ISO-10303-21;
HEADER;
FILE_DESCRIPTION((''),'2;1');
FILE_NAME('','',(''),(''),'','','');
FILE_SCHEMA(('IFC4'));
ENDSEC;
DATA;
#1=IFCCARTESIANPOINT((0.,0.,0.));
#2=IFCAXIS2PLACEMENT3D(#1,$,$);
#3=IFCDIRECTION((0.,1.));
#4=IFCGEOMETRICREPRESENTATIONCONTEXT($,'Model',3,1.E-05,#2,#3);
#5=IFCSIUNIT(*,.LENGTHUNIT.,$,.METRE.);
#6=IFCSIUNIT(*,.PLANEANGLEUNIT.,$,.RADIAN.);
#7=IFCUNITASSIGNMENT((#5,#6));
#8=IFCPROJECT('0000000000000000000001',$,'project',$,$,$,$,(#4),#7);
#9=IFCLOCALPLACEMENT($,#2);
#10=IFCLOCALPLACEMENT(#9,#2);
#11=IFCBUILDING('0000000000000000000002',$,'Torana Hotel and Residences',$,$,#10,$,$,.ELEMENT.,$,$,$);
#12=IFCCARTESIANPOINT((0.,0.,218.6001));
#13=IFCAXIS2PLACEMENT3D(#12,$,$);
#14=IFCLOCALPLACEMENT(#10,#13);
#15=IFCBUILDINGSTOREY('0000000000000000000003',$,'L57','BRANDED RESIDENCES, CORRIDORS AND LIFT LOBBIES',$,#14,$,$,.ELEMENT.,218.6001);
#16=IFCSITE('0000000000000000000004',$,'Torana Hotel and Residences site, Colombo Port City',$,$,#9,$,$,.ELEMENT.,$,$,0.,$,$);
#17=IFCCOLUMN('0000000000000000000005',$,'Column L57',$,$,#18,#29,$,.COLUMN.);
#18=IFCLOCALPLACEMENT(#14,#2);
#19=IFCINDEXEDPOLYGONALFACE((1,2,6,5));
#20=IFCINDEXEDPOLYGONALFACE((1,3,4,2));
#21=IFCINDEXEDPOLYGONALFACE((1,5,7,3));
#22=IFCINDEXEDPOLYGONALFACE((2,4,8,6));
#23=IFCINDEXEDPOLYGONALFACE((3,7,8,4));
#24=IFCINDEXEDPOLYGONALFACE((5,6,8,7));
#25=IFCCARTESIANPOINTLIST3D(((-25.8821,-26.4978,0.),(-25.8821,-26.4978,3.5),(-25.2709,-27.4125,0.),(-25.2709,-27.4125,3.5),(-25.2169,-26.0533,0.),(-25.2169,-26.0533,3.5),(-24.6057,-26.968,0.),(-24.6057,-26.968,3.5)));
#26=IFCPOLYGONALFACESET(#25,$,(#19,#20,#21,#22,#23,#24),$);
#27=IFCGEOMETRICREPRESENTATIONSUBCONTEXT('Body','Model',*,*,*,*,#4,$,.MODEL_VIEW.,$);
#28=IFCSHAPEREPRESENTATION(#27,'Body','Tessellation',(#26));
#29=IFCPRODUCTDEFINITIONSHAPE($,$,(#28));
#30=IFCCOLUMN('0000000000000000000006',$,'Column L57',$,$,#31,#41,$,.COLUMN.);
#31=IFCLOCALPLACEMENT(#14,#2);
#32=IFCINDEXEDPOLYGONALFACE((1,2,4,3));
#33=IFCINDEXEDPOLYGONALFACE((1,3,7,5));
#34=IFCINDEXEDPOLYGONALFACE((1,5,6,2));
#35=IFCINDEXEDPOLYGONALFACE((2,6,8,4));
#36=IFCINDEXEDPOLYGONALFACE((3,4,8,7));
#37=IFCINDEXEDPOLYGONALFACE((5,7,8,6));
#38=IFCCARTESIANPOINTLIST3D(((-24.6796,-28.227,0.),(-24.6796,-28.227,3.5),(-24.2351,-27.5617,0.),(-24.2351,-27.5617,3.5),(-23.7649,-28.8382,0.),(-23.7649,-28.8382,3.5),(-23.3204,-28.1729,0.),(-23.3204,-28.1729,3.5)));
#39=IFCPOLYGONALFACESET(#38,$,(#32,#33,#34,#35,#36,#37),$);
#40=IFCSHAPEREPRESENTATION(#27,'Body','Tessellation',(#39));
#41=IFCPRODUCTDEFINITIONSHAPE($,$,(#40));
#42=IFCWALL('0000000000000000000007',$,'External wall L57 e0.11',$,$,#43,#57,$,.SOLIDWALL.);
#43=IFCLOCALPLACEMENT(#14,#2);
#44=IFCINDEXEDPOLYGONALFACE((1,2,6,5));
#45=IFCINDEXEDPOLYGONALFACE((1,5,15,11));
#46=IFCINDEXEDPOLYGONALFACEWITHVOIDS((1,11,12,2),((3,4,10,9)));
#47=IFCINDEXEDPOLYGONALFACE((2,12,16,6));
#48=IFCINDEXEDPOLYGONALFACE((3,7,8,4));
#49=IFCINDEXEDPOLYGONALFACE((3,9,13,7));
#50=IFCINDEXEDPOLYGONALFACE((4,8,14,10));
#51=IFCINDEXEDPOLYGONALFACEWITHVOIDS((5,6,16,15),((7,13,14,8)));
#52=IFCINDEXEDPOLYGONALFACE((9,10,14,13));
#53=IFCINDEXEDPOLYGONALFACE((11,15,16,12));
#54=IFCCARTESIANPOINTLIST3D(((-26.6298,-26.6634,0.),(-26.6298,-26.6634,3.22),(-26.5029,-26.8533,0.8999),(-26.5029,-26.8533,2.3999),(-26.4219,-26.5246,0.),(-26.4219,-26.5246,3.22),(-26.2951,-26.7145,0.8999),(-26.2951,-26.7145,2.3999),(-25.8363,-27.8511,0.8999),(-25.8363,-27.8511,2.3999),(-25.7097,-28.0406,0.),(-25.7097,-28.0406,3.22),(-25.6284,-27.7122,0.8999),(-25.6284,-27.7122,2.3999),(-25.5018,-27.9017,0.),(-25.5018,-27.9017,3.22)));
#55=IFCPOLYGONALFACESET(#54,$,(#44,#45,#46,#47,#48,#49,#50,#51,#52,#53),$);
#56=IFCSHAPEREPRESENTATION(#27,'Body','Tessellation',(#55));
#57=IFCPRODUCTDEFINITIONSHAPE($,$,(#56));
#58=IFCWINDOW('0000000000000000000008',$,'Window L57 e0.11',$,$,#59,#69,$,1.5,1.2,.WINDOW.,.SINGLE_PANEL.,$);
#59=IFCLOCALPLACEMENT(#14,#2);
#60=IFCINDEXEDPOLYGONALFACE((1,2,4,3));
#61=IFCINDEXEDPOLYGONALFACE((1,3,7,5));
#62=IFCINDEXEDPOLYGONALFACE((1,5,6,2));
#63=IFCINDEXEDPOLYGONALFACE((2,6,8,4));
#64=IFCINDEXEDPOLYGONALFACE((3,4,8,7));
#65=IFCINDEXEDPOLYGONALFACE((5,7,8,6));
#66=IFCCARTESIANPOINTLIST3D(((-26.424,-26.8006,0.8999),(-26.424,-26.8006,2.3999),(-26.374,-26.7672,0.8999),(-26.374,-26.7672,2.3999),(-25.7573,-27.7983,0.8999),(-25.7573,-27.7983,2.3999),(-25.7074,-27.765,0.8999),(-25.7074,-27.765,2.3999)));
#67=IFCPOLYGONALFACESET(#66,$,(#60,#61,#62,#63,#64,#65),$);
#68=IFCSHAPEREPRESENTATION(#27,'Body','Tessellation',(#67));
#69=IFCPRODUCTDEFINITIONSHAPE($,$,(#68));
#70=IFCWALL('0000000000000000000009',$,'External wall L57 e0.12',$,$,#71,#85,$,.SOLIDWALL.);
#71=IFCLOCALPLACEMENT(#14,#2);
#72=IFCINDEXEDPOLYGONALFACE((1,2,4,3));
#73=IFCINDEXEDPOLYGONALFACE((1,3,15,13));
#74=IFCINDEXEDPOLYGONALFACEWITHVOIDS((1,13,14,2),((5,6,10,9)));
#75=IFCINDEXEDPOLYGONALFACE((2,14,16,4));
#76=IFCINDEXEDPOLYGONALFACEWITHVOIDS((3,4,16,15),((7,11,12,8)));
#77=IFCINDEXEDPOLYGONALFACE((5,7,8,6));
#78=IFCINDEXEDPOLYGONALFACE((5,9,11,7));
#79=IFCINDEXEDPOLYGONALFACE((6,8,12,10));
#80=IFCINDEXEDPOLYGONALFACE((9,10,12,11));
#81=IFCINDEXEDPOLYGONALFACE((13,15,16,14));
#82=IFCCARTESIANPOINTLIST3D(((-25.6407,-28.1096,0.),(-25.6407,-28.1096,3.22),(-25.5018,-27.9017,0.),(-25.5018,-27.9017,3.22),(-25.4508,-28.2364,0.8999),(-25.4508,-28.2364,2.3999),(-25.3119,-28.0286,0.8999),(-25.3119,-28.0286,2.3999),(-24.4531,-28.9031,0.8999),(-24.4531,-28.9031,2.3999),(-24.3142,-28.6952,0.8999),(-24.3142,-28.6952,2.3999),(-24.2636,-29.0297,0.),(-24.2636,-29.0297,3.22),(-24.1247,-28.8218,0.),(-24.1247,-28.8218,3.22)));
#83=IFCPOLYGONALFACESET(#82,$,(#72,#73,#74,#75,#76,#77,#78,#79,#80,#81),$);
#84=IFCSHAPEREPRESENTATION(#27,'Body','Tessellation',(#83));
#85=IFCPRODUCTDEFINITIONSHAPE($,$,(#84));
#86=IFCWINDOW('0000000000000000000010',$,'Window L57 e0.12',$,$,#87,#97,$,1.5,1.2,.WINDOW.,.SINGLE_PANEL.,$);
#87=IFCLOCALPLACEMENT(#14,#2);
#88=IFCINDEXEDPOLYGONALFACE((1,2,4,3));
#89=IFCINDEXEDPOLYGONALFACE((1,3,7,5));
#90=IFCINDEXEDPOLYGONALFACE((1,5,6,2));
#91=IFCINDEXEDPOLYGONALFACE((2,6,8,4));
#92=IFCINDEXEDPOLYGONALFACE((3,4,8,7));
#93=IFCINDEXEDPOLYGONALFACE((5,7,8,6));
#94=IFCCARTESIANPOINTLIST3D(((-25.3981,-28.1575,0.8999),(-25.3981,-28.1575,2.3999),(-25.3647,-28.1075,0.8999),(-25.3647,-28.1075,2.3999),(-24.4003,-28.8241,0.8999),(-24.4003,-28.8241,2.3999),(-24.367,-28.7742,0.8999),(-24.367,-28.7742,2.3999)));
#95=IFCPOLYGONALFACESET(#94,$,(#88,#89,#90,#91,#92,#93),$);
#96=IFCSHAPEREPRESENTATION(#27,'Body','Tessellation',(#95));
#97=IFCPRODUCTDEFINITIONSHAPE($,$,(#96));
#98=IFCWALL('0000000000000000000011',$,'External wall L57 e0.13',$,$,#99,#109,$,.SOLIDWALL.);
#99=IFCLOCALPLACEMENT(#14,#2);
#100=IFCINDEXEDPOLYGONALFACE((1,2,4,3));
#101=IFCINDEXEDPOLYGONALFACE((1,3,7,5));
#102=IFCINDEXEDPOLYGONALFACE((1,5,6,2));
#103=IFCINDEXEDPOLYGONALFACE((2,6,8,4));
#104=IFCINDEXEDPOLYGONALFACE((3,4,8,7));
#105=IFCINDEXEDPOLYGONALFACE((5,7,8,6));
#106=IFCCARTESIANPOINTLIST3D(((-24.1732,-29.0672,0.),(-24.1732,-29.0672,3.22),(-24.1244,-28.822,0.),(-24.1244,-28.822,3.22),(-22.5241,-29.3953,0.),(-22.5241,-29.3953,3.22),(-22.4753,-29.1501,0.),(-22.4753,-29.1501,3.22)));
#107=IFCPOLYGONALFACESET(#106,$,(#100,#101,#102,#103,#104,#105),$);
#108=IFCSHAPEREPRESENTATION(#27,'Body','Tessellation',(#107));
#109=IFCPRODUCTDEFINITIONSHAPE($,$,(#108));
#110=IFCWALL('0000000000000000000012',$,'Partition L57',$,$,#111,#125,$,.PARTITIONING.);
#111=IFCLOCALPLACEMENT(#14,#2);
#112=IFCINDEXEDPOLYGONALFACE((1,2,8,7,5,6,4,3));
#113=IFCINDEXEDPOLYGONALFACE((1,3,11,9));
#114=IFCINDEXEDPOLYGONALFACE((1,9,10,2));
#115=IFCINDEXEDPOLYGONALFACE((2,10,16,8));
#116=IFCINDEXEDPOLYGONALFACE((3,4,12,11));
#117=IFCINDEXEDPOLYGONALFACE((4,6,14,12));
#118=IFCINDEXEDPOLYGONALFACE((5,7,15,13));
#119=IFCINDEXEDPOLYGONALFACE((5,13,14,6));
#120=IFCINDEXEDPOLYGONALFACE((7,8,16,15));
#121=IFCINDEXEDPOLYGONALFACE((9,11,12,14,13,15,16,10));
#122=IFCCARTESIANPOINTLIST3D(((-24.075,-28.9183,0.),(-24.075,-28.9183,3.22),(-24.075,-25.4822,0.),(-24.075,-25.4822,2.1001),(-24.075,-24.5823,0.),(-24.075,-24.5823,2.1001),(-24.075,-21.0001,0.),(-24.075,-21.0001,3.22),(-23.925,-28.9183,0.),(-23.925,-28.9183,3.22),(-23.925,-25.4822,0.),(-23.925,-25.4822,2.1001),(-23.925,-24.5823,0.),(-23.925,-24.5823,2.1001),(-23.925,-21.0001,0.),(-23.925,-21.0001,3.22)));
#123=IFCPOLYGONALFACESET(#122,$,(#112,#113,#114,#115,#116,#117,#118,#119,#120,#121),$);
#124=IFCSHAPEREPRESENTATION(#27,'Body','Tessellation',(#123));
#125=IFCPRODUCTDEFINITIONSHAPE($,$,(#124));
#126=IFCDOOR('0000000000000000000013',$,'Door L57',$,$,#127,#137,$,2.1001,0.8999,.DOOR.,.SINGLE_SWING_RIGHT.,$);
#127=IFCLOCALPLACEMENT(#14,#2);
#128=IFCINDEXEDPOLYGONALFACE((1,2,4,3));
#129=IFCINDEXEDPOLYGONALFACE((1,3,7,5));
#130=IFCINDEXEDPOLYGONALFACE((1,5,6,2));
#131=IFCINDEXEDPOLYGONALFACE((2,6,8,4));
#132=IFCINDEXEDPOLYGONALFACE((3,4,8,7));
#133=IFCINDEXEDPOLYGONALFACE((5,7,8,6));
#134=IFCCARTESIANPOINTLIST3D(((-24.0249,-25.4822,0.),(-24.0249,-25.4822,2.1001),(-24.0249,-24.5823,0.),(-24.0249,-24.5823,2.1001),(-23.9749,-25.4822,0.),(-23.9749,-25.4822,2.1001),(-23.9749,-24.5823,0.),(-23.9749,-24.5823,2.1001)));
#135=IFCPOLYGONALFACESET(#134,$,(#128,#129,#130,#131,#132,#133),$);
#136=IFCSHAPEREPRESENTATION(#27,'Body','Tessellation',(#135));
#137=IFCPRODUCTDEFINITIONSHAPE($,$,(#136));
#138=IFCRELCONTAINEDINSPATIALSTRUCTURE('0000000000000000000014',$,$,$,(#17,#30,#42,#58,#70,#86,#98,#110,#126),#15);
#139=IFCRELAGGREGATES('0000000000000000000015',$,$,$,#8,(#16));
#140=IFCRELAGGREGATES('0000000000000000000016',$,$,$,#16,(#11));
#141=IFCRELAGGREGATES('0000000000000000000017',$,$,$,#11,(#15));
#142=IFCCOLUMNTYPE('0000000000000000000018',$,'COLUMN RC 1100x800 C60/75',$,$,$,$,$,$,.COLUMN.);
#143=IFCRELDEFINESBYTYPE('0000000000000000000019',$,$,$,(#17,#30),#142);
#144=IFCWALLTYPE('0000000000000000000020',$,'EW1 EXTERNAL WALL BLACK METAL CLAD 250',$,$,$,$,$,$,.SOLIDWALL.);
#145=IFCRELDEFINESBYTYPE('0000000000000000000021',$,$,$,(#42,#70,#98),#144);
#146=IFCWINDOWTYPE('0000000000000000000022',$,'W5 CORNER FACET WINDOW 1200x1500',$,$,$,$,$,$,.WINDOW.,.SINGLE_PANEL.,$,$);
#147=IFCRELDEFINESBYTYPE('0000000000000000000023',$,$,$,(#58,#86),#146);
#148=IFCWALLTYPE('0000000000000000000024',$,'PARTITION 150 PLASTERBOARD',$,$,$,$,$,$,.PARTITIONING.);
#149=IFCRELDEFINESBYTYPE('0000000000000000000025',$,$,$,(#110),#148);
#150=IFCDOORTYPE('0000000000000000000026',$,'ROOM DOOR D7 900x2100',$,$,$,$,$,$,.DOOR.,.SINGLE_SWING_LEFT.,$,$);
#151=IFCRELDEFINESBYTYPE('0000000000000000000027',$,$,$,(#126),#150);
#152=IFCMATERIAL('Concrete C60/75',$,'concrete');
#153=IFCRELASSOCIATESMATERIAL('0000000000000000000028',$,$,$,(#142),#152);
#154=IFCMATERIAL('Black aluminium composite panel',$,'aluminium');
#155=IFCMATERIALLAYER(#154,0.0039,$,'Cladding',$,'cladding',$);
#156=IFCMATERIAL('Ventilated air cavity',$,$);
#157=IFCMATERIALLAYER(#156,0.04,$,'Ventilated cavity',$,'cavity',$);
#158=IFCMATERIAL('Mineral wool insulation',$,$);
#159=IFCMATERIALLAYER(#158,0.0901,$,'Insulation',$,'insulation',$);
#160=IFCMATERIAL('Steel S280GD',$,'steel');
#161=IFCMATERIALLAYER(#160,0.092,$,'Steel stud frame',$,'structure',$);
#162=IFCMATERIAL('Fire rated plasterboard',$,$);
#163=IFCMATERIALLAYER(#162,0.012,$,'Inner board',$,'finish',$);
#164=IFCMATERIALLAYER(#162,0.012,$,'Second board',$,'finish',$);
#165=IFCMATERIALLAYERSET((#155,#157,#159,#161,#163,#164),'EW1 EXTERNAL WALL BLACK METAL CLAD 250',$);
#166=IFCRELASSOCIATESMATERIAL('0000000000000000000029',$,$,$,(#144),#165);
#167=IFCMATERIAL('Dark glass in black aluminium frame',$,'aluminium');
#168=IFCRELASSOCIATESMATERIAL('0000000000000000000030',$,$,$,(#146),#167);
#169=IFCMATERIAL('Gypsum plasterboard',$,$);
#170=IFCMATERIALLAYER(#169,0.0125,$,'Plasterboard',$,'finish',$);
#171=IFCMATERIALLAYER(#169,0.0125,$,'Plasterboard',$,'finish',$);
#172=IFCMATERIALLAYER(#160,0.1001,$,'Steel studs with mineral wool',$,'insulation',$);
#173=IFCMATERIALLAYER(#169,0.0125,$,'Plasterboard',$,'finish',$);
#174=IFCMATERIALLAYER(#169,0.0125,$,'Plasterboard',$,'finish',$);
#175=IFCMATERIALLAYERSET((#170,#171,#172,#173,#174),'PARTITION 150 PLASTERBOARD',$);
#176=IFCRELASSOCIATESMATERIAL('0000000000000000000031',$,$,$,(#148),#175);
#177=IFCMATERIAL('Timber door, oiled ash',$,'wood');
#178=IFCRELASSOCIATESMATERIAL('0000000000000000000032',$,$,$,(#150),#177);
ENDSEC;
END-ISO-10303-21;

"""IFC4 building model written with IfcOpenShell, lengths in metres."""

from ifc_helpers import new_model, si_unit, direction, frame, frame_2d, origin, origin_2d, place, context, subcontext, project, spatial, rectangle, extrude, material, layer, layer_set, material_profile, profile_set, type_object, element, fill, save


model = new_model("IFC4")

# Units and contexts
model_context = context("Model", 3, precision=1e-05, world=origin(), true_north=direction((0.0, 1.0)))
body_context = subcontext(model_context, "Body", "Model", "MODEL_VIEW")
ifc_project = project(units=[si_unit("LENGTHUNIT", "METRE"), si_unit("PLANEANGLEUNIT", "RADIAN")], contexts=[model_context])

# Site, building, storey
site_placement = place(None, origin())
site = spatial("IfcSite", under=ifc_project, at=site_placement, Name="Torana Hotel and Residences site, Colombo Port City", CompositionType="ELEMENT", RefElevation=0.0)
building_placement = place(site_placement, origin())
building = spatial("IfcBuilding", under=site, at=building_placement, Name="Torana Hotel and Residences", CompositionType="ELEMENT")
storey_placement = place(building_placement, frame((0.0, 0.0, 218.6001)))
storey = spatial("IfcBuildingStorey", under=building, at=storey_placement, Name="L57", Description="BRANDED RESIDENCES, CORRIDORS AND LIFT LOBBIES", CompositionType="ELEMENT", Elevation=218.6001)

# Columns
ifc_material_1 = material(Name="Concrete C60/75", Category="concrete")
ifc_material_profile = material_profile(ifc_material_1, rectangle(XDim=1.1001, YDim=0.8, at=origin_2d()), Name="RC 1100x800")
ifc_profile_set = profile_set([ifc_material_profile], Name="Concrete C60/75")
column_type = type_object("IfcColumnType", Name="COLUMN RC 1100x800 C60/75", PredefinedType="COLUMN", material=ifc_profile_set)
for number, where, z_axis, x_axis, name in (
    (1, (-25.2439, -26.7329, 0.0), (0.0, 0.0, 1.0), (-0.555585, 0.83146, 0.0), "Column L57"),
    (2, (-24.0, -28.2, 0.0), (0.0, 0.0, 1.0), (-0.83146, 0.555585, 0.0), "Column L57"),
):
    element("IfcColumn", number, at=place(storey_placement, frame(where, z_axis=z_axis, x_axis=x_axis)), inside=storey, type_object=column_type, Name=name, PredefinedType="COLUMN", context=body_context, shape_type="SweptSolid", body=[
        extrude(rectangle(XDim=1.1001, YDim=0.8, at=origin_2d()), origin(), (0.0, 0.0, 1.0), 3.5),
    ])

# Walls, openings, windows
ifc_material_2 = material(Name="Black aluminium composite panel", Category="aluminium")
ifc_layer_1 = layer(ifc_material_2, 0.0039, Name="Cladding", Category="cladding")
ifc_material_3 = material(Name="Ventilated air cavity")
ifc_layer_2 = layer(ifc_material_3, 0.04, Name="Ventilated cavity", Category="cavity")
ifc_material_4 = material(Name="Mineral wool insulation")
ifc_layer_3 = layer(ifc_material_4, 0.0901, Name="Insulation", Category="insulation")
ifc_material_5 = material(Name="Steel S280GD", Category="steel")
ifc_layer_4 = layer(ifc_material_5, 0.092, Name="Steel stud frame", Category="structure")
ifc_material_6 = material(Name="Fire rated plasterboard")
ifc_layer_5 = layer(ifc_material_6, 0.012, Name="Inner board", Category="finish")
ifc_layer_6 = layer(ifc_material_6, 0.012, Name="Second board", Category="finish")
ifc_layer_set_1 = layer_set([ifc_layer_1, ifc_layer_2, ifc_layer_3, ifc_layer_4, ifc_layer_5, ifc_layer_6], Name="EW1 EXTERNAL WALL BLACK METAL CLAD 250")
wall_type_1 = type_object("IfcWallType", Name="EW1 EXTERNAL WALL BLACK METAL CLAD 250", PredefinedType="SOLIDWALL", material=ifc_layer_set_1)
wall_1_placement = place(storey_placement, frame((-26.5259, -26.594, 0.0), z_axis=(0.0, 0.0, 1.0), x_axis=(0.55555, -0.831483, 0.0)))
wall_1 = element("IfcWall", 3, at=wall_1_placement, inside=storey, type_object=wall_type_1, Name="External wall L57 e0.11", PredefinedType="SOLIDWALL", context=body_context, shape_type="SweptSolid", body=[
    extrude(rectangle(XDim=1.6562, YDim=0.25, at=frame_2d((0.8281, 0.0))), origin(), (0.0, 0.0, 1.0), 3.22),
])
opening_1_placement = place(wall_1_placement, frame((0.2283, 0.0, 0.8999)))
opening_1 = element("IfcOpeningElement", 4, at=opening_1_placement, cuts=wall_1, PredefinedType="OPENING", context=body_context, shape_type="SweptSolid", body=[
    extrude(rectangle(XDim=1.2, YDim=1.5, at=frame_2d((0.6001, 0.75))), frame((0.0, 0.135, 0.0), z_axis=(0.0, -1.0, 0.0), x_axis=(1.0, 0.0, 0.0)), (0.0, 0.0, 1.0), 0.27),
])
ifc_material_7 = material(Name="Dark glass in black aluminium frame", Category="aluminium")
window_type_1 = type_object("IfcWindowType", Name="W5 CORNER FACET WINDOW 1200x1500", PartitioningType="SINGLE_PANEL", PredefinedType="WINDOW", material=ifc_material_7)
window_1_placement = place(opening_1_placement, origin())
window_1 = element("IfcWindow", 5, at=window_1_placement, inside=storey, type_object=window_type_1, Name="Window L57 e0.11", OverallHeight=1.5, OverallWidth=1.2, PartitioningType="SINGLE_PANEL", PredefinedType="WINDOW", context=body_context, shape_type="SweptSolid", body=[
    extrude(rectangle(XDim=1.2, YDim=1.5, at=frame_2d((0.6001, 0.75))), frame((0.0, 0.03, 0.0), z_axis=(0.0, -1.0, 0.0), x_axis=(1.0, 0.0, 0.0)), (0.0, 0.0, 1.0), 0.0601),
])
fill(opening_1, window_1)
wall_2_placement = place(storey_placement, frame((-25.5713, -28.0056, 0.0), z_axis=(0.0, 0.0, 1.0), x_axis=(0.831483, -0.55555, 0.0)))
wall_2 = element("IfcWall", 6, at=wall_2_placement, inside=storey, type_object=wall_type_1, Name="External wall L57 e0.12", PredefinedType="SOLIDWALL", context=body_context, shape_type="SweptSolid", body=[
    extrude(rectangle(XDim=1.6562, YDim=0.25, at=frame_2d((0.8281, 0.0))), origin(), (0.0, 0.0, 1.0), 3.22),
])
opening_2_placement = place(wall_2_placement, frame((0.2283, 0.0, 0.8999)))
opening_2 = element("IfcOpeningElement", 7, at=opening_2_placement, cuts=wall_2, PredefinedType="OPENING", context=body_context, shape_type="SweptSolid", body=[
    extrude(rectangle(XDim=1.2, YDim=1.5, at=frame_2d((0.6001, 0.75))), frame((0.0, 0.135, 0.0), z_axis=(0.0, -1.0, 0.0), x_axis=(1.0, 0.0, 0.0)), (0.0, 0.0, 1.0), 0.27),
])
window_2_placement = place(opening_2_placement, origin())
window_2 = element("IfcWindow", 8, at=window_2_placement, inside=storey, type_object=window_type_1, Name="Window L57 e0.12", OverallHeight=1.5, OverallWidth=1.2, PartitioningType="SINGLE_PANEL", PredefinedType="WINDOW", context=body_context, shape_type="SweptSolid", body=[
    extrude(rectangle(XDim=1.2, YDim=1.5, at=frame_2d((0.6001, 0.75))), frame((0.0, 0.03, 0.0), z_axis=(0.0, -1.0, 0.0), x_axis=(1.0, 0.0, 0.0)), (0.0, 0.0, 1.0), 0.0601),
])
fill(opening_2, window_2)

# Wall
wall_3_placement = place(storey_placement, frame((-24.1489, -28.9446, 0.0), z_axis=(0.0, 0.0, 1.0), x_axis=(0.980776, -0.195139, 0.0)))
element("IfcWall", 9, at=wall_3_placement, inside=storey, type_object=wall_type_1, Name="External wall L57 e0.13", PredefinedType="SOLIDWALL", context=body_context, shape_type="SweptSolid", body=[
    extrude(rectangle(XDim=1.6814, YDim=0.25, at=frame_2d((0.8408, 0.0))), origin(), (0.0, 0.0, 1.0), 3.22),
])

# Wall, opening, door
ifc_material_8 = material(Name="Gypsum plasterboard")
ifc_layer_7 = layer(ifc_material_8, 0.0125, Name="Plasterboard", Category="finish")
ifc_layer_8 = layer(ifc_material_8, 0.0125, Name="Plasterboard", Category="finish")
ifc_layer_9 = layer(ifc_material_5, 0.1001, Name="Steel studs with mineral wool", Category="insulation")
ifc_layer_10 = layer(ifc_material_8, 0.0125, Name="Plasterboard", Category="finish")
ifc_layer_11 = layer(ifc_material_8, 0.0125, Name="Plasterboard", Category="finish")
ifc_layer_set_2 = layer_set([ifc_layer_7, ifc_layer_8, ifc_layer_9, ifc_layer_10, ifc_layer_11], Name="PARTITION 150 PLASTERBOARD")
wall_type_2 = type_object("IfcWallType", Name="PARTITION 150 PLASTERBOARD", PredefinedType="PARTITIONING", material=ifc_layer_set_2)
wall_4_placement = place(storey_placement, frame((-24.0, -28.9182, 0.0), z_axis=(0.0, 0.0, 1.0), x_axis=(0.0, 1.0, 0.0)))
wall_4 = element("IfcWall", 10, at=wall_4_placement, inside=storey, type_object=wall_type_2, Name="Partition L57", PredefinedType="PARTITIONING", context=body_context, shape_type="SweptSolid", body=[
    extrude(rectangle(XDim=7.9182, YDim=0.1499, at=frame_2d((3.959, 0.0))), origin(), (0.0, 0.0, 1.0), 3.22),
])
opening_3_placement = place(wall_4_placement, frame((3.436, 0.0, 0.0)))
opening_3 = element("IfcOpeningElement", 11, at=opening_3_placement, cuts=wall_4, PredefinedType="OPENING", context=body_context, shape_type="SweptSolid", body=[
    extrude(rectangle(XDim=0.8999, YDim=2.1001, at=frame_2d((0.45, 1.05))), frame((0.0, 0.085, 0.0), z_axis=(0.0, -1.0, 0.0), x_axis=(1.0, 0.0, 0.0)), (0.0, 0.0, 1.0), 0.1699),
])
ifc_material_9 = material(Name="Timber door, oiled ash", Category="wood")
door_type_1 = type_object("IfcDoorType", Name="ROOM DOOR D7 900x2100", OperationType="SINGLE_SWING_LEFT", PredefinedType="DOOR", material=ifc_material_9)
door_1_placement = place(opening_3_placement, origin())
door_1 = element("IfcDoor", 12, at=door_1_placement, inside=storey, type_object=door_type_1, Name="Door L57", OperationType="SINGLE_SWING_RIGHT", OverallHeight=2.1001, OverallWidth=0.8999, PredefinedType="DOOR", context=body_context, shape_type="SweptSolid", body=[
    extrude(rectangle(XDim=0.8999, YDim=2.1001, at=frame_2d((0.45, 1.05))), frame((0.0, 0.0249, 0.0), z_axis=(0.0, -1.0, 0.0), x_axis=(1.0, 0.0, 0.0)), (0.0, 0.0, 1.0), 0.05),
])
fill(opening_3, door_1)

save(model, "model.ifc")
